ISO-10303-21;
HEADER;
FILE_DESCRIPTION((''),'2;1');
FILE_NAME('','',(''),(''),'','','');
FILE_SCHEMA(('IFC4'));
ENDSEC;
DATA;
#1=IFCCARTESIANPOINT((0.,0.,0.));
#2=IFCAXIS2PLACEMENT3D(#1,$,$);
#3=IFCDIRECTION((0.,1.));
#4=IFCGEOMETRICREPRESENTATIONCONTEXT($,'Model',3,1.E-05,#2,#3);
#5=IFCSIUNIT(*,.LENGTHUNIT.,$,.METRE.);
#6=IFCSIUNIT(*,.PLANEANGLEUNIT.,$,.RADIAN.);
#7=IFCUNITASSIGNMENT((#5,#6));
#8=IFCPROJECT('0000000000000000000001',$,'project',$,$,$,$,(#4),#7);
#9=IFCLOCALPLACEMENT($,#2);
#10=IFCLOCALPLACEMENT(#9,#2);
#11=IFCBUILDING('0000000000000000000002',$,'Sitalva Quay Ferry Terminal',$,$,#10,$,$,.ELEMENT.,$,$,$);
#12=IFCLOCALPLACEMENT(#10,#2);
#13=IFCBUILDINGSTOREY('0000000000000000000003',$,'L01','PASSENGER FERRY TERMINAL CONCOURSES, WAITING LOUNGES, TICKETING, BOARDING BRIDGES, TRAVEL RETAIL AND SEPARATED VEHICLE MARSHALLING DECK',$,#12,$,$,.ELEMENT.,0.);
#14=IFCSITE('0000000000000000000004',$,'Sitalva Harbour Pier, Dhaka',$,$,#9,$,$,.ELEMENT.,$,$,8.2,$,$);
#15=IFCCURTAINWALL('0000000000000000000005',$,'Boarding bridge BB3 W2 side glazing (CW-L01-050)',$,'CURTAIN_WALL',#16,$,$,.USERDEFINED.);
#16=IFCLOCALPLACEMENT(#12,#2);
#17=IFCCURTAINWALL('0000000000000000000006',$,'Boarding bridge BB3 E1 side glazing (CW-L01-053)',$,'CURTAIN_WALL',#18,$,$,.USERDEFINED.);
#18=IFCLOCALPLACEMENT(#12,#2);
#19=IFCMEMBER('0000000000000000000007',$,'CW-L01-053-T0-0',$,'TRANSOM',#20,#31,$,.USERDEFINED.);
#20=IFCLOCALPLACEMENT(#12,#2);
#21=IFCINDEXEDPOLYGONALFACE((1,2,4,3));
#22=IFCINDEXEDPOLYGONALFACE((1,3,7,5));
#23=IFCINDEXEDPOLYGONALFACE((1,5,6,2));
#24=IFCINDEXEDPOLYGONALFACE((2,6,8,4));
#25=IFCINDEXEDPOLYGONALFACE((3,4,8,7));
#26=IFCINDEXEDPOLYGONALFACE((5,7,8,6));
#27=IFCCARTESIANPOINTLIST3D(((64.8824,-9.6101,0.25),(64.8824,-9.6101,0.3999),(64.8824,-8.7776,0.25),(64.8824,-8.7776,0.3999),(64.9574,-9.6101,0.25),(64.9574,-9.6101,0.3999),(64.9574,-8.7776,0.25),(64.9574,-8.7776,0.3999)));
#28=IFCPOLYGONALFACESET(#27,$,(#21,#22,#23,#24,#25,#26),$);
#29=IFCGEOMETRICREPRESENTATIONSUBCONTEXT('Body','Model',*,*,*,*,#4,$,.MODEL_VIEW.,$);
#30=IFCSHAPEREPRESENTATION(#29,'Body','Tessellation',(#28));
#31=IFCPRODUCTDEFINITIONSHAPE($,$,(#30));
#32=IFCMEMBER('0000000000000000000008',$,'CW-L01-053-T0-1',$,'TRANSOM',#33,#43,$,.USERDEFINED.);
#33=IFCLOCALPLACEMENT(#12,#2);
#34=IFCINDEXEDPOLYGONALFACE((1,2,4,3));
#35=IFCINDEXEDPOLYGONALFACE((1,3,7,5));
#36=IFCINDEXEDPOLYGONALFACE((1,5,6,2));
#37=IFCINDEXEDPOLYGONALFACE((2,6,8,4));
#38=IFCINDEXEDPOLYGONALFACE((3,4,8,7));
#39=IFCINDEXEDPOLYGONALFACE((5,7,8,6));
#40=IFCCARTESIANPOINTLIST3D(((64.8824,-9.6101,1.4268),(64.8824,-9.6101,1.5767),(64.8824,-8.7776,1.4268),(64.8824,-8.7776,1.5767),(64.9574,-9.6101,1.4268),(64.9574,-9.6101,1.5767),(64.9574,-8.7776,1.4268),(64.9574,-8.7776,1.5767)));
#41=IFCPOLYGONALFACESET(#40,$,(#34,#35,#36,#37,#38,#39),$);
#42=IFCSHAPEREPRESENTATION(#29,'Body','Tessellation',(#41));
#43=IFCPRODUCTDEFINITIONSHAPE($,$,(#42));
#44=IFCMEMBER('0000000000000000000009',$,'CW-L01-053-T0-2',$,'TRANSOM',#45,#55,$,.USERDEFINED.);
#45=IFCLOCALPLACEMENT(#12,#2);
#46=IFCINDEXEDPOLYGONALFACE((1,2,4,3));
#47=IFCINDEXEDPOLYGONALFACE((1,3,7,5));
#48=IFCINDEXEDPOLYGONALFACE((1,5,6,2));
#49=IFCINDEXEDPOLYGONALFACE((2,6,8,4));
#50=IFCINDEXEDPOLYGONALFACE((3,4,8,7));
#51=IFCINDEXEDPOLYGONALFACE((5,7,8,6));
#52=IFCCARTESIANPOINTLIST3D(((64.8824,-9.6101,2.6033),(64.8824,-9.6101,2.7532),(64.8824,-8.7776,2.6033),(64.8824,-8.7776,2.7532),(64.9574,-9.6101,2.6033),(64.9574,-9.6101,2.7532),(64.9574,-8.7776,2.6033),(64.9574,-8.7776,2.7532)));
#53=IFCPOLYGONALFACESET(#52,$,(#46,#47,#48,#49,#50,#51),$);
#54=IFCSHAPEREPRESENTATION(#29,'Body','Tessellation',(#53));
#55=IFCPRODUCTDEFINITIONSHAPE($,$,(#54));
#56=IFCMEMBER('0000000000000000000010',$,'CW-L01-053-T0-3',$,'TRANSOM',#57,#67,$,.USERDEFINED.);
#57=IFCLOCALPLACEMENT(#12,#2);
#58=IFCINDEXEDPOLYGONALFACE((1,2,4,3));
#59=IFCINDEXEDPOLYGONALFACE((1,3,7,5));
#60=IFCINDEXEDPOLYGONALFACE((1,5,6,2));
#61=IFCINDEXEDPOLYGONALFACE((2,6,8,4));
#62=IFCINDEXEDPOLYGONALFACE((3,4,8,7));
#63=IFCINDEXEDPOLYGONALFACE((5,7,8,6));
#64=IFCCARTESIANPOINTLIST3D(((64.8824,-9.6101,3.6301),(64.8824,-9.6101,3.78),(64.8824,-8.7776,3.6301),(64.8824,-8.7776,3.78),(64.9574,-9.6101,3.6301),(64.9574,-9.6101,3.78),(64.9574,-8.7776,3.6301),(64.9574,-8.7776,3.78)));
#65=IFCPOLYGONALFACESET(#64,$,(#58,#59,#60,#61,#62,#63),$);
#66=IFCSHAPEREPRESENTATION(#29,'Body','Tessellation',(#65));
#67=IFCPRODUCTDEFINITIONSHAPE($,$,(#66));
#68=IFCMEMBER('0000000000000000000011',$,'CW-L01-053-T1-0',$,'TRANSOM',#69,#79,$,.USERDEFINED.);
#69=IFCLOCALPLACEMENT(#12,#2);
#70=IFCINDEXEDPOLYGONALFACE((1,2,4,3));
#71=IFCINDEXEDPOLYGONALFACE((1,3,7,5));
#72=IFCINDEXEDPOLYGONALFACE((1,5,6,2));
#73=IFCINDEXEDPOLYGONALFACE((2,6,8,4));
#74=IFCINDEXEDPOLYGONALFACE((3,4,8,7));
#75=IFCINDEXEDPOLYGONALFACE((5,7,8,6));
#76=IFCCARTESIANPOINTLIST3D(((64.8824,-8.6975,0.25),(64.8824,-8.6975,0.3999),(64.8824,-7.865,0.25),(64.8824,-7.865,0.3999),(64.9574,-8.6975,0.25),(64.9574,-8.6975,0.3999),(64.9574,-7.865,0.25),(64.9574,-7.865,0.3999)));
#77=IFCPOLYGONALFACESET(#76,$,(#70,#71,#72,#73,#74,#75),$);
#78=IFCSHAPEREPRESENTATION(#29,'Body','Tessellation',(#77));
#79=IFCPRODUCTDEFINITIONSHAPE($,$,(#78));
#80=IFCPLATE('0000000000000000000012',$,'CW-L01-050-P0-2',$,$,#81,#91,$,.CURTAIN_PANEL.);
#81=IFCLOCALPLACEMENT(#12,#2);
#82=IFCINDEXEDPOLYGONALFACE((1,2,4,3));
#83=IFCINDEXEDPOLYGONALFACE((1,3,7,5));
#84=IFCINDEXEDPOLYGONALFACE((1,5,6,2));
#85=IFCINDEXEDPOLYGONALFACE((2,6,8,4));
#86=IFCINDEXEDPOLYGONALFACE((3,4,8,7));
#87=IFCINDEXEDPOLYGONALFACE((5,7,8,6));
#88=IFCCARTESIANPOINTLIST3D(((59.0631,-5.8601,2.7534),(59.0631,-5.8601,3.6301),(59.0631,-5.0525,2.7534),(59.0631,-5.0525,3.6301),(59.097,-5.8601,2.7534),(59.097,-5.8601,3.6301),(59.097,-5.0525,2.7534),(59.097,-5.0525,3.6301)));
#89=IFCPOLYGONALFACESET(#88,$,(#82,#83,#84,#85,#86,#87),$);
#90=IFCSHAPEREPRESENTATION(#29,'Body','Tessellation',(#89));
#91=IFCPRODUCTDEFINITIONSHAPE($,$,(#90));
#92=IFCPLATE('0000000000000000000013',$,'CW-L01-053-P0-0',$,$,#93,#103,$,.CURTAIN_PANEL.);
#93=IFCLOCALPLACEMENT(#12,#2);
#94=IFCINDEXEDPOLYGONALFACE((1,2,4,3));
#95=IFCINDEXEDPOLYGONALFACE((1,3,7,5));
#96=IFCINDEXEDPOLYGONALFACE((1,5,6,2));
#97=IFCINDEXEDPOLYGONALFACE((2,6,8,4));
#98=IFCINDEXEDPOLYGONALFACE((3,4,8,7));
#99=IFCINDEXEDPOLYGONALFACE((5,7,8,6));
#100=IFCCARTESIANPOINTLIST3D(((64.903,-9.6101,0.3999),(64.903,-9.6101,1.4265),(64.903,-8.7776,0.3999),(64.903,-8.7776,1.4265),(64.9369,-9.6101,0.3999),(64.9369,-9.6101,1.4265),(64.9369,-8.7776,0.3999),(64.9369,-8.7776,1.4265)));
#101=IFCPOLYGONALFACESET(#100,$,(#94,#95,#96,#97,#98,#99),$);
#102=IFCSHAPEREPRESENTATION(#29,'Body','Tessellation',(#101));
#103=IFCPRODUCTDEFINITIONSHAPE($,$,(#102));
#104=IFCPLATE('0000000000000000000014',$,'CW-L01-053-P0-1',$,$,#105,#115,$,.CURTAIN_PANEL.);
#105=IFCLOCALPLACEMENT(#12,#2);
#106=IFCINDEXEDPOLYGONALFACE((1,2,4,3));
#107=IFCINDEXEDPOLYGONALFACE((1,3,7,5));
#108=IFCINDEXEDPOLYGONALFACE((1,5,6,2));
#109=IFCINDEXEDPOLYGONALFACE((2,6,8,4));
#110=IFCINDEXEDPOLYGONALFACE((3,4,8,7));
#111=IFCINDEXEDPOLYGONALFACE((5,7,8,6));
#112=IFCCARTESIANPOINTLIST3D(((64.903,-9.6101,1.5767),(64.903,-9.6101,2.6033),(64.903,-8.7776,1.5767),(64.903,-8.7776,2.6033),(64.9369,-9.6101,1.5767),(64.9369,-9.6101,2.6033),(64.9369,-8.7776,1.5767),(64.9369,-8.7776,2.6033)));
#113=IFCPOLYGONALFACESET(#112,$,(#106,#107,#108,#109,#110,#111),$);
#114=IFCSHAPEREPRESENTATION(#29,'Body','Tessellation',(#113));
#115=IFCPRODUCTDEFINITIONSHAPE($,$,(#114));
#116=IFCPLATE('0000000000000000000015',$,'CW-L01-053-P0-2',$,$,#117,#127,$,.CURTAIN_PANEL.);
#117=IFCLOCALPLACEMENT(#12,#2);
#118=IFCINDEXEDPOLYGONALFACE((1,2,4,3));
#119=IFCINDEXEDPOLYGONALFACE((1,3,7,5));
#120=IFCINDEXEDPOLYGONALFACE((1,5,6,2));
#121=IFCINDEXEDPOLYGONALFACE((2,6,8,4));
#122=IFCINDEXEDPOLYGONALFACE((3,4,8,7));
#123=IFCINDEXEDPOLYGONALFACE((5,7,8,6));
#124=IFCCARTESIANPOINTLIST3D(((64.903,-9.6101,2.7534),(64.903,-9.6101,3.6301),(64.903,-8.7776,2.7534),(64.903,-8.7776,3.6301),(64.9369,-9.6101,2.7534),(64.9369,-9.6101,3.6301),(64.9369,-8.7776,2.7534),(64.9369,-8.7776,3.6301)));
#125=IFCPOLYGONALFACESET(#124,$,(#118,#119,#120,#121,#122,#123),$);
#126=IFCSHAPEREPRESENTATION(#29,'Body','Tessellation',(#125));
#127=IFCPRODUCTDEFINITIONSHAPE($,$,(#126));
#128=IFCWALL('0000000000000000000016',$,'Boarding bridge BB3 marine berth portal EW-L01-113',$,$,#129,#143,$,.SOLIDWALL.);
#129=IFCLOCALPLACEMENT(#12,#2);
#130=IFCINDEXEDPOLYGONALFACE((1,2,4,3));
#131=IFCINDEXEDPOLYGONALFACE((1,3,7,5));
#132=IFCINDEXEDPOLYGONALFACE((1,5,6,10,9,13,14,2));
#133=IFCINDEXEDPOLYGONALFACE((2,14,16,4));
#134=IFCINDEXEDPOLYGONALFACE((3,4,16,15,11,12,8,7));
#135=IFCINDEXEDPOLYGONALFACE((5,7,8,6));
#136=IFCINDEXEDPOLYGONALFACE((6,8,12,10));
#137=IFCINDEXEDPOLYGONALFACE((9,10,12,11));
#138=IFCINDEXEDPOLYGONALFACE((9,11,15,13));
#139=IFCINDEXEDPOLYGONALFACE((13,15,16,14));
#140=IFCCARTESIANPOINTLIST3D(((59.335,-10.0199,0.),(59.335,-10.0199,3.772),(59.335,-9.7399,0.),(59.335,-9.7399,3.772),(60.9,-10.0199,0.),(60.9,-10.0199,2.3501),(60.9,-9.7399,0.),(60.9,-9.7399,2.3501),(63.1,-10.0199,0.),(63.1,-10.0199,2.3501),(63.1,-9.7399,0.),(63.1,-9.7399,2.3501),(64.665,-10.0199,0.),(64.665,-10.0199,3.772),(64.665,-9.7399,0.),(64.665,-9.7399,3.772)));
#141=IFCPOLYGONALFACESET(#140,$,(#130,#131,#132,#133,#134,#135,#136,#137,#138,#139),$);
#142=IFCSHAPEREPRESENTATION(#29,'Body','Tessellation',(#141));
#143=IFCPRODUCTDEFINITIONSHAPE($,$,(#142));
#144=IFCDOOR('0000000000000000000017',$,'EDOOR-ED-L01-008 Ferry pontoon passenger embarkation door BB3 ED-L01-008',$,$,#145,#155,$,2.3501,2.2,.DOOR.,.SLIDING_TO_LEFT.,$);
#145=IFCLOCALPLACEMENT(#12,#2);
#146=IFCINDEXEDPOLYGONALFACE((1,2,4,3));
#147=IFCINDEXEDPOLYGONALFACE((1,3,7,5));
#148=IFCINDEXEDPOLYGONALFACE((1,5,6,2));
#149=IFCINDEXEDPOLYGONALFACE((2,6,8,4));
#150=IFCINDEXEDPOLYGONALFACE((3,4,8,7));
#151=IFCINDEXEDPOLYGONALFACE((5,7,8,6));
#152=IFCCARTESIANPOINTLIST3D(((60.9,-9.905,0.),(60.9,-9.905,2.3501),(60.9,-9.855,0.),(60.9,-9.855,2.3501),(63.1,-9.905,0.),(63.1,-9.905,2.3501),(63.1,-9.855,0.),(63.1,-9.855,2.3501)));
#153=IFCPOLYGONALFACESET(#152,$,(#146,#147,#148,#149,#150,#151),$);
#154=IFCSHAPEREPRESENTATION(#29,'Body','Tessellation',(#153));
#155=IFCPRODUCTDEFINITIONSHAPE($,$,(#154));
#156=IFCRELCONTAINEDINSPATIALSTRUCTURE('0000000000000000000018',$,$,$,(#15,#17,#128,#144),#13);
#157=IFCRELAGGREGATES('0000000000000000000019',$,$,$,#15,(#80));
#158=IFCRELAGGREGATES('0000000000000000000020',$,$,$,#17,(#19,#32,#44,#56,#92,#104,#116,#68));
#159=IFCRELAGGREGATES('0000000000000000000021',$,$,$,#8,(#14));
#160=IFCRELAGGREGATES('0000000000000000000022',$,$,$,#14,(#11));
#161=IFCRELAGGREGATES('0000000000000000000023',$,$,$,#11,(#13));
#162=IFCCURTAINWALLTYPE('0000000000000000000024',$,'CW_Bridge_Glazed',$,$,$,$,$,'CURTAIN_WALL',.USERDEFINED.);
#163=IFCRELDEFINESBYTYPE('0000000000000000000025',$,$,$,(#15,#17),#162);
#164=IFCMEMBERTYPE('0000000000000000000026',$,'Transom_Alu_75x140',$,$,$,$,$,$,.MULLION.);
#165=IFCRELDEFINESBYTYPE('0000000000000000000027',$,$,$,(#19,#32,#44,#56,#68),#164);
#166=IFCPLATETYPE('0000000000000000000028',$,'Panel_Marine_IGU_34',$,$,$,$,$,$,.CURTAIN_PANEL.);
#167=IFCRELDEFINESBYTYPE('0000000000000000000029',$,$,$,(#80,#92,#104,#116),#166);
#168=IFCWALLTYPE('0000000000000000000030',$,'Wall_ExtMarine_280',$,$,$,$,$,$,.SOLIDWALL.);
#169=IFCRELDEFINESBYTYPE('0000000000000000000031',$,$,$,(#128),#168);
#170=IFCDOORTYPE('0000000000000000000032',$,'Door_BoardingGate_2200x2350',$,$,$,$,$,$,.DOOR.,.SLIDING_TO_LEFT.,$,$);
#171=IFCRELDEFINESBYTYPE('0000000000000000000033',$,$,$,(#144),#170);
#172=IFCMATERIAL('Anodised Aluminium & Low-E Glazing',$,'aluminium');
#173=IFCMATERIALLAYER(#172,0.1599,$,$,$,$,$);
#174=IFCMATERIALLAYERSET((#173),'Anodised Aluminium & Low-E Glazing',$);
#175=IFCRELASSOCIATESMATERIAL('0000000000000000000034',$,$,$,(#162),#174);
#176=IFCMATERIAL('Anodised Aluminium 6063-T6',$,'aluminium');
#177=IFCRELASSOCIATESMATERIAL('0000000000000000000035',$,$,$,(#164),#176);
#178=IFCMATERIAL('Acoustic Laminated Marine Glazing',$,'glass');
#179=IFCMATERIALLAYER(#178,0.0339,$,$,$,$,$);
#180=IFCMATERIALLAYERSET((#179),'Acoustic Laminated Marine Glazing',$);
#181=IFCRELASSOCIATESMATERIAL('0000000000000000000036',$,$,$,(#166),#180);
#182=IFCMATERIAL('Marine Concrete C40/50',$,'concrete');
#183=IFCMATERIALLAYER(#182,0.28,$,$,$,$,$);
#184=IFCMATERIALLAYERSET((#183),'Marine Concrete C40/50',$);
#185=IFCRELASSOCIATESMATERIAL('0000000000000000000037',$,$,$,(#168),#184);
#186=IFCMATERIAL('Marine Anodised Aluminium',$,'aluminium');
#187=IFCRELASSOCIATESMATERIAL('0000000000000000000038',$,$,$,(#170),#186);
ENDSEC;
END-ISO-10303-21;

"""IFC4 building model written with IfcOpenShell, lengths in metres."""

from ifc_helpers import new_model, si_unit, direction, frame, frame_2d, origin, origin_2d, place, context, subcontext, project, spatial, rectangle, extrude, material, layer, layer_set, material_profile, profile_set, type_object, element, fill, aggregate, save


model = new_model("IFC4")

# Units and contexts
model_context = context("Model", 3, precision=1e-05, world=origin(), true_north=direction((0.0, 1.0)))
body_context = subcontext(model_context, "Body", "Model", "MODEL_VIEW")
ifc_project = project(units=[si_unit("LENGTHUNIT", "METRE"), si_unit("PLANEANGLEUNIT", "RADIAN")], contexts=[model_context])

# Site, building, storey
site_placement = place(None, origin())
site = spatial("IfcSite", under=ifc_project, at=site_placement, Name="Sitalva Harbour Pier, Dhaka", CompositionType="ELEMENT", RefElevation=8.2)
building_placement = place(site_placement, origin())
building = spatial("IfcBuilding", under=site, at=building_placement, Name="Sitalva Quay Ferry Terminal", CompositionType="ELEMENT")
storey_placement = place(building_placement, origin())
storey = spatial("IfcBuildingStorey", under=building, at=storey_placement, Name="L01", Description="PASSENGER FERRY TERMINAL CONCOURSES, WAITING LOUNGES, TICKETING, BOARDING BRIDGES, TRAVEL RETAIL AND SEPARATED VEHICLE MARSHALLING DECK", CompositionType="ELEMENT", Elevation=0.0)

# Curtain wall
ifc_material_1 = material(Name="Anodised Aluminium & Low-E Glazing", Category="aluminium")
ifc_layer_1 = layer(ifc_material_1, 0.1599)
ifc_layer_set_1 = layer_set([ifc_layer_1], Name="Anodised Aluminium & Low-E Glazing")
curtain_wall_type = type_object("IfcCurtainWallType", Name="CW_Bridge_Glazed", ElementType="CURTAIN_WALL", PredefinedType="USERDEFINED", material=ifc_layer_set_1)
curtain_wall_1_placement = place(storey_placement, origin())
curtain_wall_1 = element("IfcCurtainWall", 1, at=curtain_wall_1_placement, inside=storey, type_object=curtain_wall_type, Name="Boarding bridge BB3 W2 side glazing (CW-L01-050)", ObjectType="CURTAIN_WALL", PredefinedType="USERDEFINED")

# Curtain wall
curtain_wall_2_placement = place(storey_placement, origin())
curtain_wall_2 = element("IfcCurtainWall", 2, at=curtain_wall_2_placement, inside=storey, type_object=curtain_wall_type, Name="Boarding bridge BB3 E1 side glazing (CW-L01-053)", ObjectType="CURTAIN_WALL", PredefinedType="USERDEFINED")

# Members
ifc_material_2 = material(Name="Anodised Aluminium 6063-T6", Category="aluminium")
ifc_material_profile_1 = material_profile(ifc_material_2, rectangle(XDim=0.075, YDim=0.1499, at=origin_2d()), Name="ALU75x150")
ifc_profile_set_1 = profile_set([ifc_material_profile_1], Name="Anodised Aluminium 6063-T6")
member_type_1 = type_object("IfcMemberType", Name="Transom_Alu_75x140", PredefinedType="MULLION", material=ifc_profile_set_1)
member_1_placement = place(storey_placement, frame((64.9199, -9.6101, 0.325), z_axis=(0.0, 1.0, 0.0), x_axis=(-1.0, 0.0, 0.0)))
member_1 = element("IfcMember", 3, at=member_1_placement, type_object=member_type_1, Name="CW-L01-053-T0-0", ObjectType="TRANSOM", PredefinedType="USERDEFINED", context=body_context, shape_type="SweptSolid", body=[
    extrude(rectangle(XDim=0.075, YDim=0.1499, at=origin_2d()), origin(), (0.0, 0.0, 1.0), 0.8325),
])
member_2_placement = place(storey_placement, frame((64.9199, -9.6101, 1.5017), z_axis=(0.0, 1.0, 0.0), x_axis=(-1.0, 0.0, 0.0)))
member_2 = element("IfcMember", 4, at=member_2_placement, type_object=member_type_1, Name="CW-L01-053-T0-1", ObjectType="TRANSOM", PredefinedType="USERDEFINED", context=body_context, shape_type="SweptSolid", body=[
    extrude(rectangle(XDim=0.075, YDim=0.1499, at=origin_2d()), origin(), (0.0, 0.0, 1.0), 0.8325),
])
member_3_placement = place(storey_placement, frame((64.9199, -9.6101, 2.6782), z_axis=(0.0, 1.0, 0.0), x_axis=(-1.0, 0.0, 0.0)))
member_3 = element("IfcMember", 5, at=member_3_placement, type_object=member_type_1, Name="CW-L01-053-T0-2", ObjectType="TRANSOM", PredefinedType="USERDEFINED", context=body_context, shape_type="SweptSolid", body=[
    extrude(rectangle(XDim=0.075, YDim=0.1499, at=origin_2d()), origin(), (0.0, 0.0, 1.0), 0.8325),
])
member_4_placement = place(storey_placement, frame((64.9199, -9.6101, 3.7051), z_axis=(0.0, 1.0, 0.0), x_axis=(-1.0, 0.0, 0.0)))
member_4 = element("IfcMember", 6, at=member_4_placement, type_object=member_type_1, Name="CW-L01-053-T0-3", ObjectType="TRANSOM", PredefinedType="USERDEFINED", context=body_context, shape_type="SweptSolid", body=[
    extrude(rectangle(XDim=0.075, YDim=0.1499, at=origin_2d()), origin(), (0.0, 0.0, 1.0), 0.8325),
])
member_5_placement = place(storey_placement, frame((64.9199, -8.6975, 0.325), z_axis=(0.0, 1.0, 0.0), x_axis=(-1.0, 0.0, 0.0)))
member_5 = element("IfcMember", 7, at=member_5_placement, type_object=member_type_1, Name="CW-L01-053-T1-0", ObjectType="TRANSOM", PredefinedType="USERDEFINED", context=body_context, shape_type="SweptSolid", body=[
    extrude(rectangle(XDim=0.075, YDim=0.1499, at=origin_2d()), origin(), (0.0, 0.0, 1.0), 0.8325),
])

# Plates
ifc_material_3 = material(Name="Acoustic Laminated Marine Glazing", Category="glass")
ifc_layer_2 = layer(ifc_material_3, 0.0339)
ifc_layer_set_2 = layer_set([ifc_layer_2], Name="Acoustic Laminated Marine Glazing")
plate_type = type_object("IfcPlateType", Name="Panel_Marine_IGU_34", PredefinedType="CURTAIN_PANEL", material=ifc_layer_set_2)
plate_1_placement = place(storey_placement, frame((59.0801, -5.4563, 2.7534), z_axis=(0.0, 0.0, 1.0), x_axis=(0.0, 1.0, 0.0)))
plate_1 = element("IfcPlate", 8, at=plate_1_placement, type_object=plate_type, Name="CW-L01-050-P0-2", PredefinedType="CURTAIN_PANEL", context=body_context, shape_type="SweptSolid", body=[
    extrude(rectangle(XDim=0.8076, YDim=0.0339, at=origin_2d()), origin(), (0.0, 0.0, 1.0), 0.8767),
])
aggregate(curtain_wall_1, [plate_1])
plate_2_placement = place(storey_placement, frame((64.9199, -9.1938, 0.3999), z_axis=(0.0, 0.0, 1.0), x_axis=(0.0, 1.0, 0.0)))
plate_2 = element("IfcPlate", 9, at=plate_2_placement, type_object=plate_type, Name="CW-L01-053-P0-0", PredefinedType="CURTAIN_PANEL", context=body_context, shape_type="SweptSolid", body=[
    extrude(rectangle(XDim=0.8325, YDim=0.0339, at=origin_2d()), origin(), (0.0, 0.0, 1.0), 1.0266),
])
plate_3_placement = place(storey_placement, frame((64.9199, -9.1938, 1.5767), z_axis=(0.0, 0.0, 1.0), x_axis=(0.0, 1.0, 0.0)))
plate_3 = element("IfcPlate", 10, at=plate_3_placement, type_object=plate_type, Name="CW-L01-053-P0-1", PredefinedType="CURTAIN_PANEL", context=body_context, shape_type="SweptSolid", body=[
    extrude(rectangle(XDim=0.8325, YDim=0.0339, at=origin_2d()), origin(), (0.0, 0.0, 1.0), 1.0266),
])
plate_4_placement = place(storey_placement, frame((64.9199, -9.1938, 2.7534), z_axis=(0.0, 0.0, 1.0), x_axis=(0.0, 1.0, 0.0)))
plate_4 = element("IfcPlate", 11, at=plate_4_placement, type_object=plate_type, Name="CW-L01-053-P0-2", PredefinedType="CURTAIN_PANEL", context=body_context, shape_type="SweptSolid", body=[
    extrude(rectangle(XDim=0.8325, YDim=0.0339, at=origin_2d()), origin(), (0.0, 0.0, 1.0), 0.8767),
])
aggregate(curtain_wall_2, [member_1, member_2, member_3, member_4, plate_2, plate_3, plate_4, member_5])

# Wall, opening, door
ifc_material_4 = material(Name="Marine Concrete C40/50", Category="concrete")
ifc_layer_3 = layer(ifc_material_4, 0.28)
ifc_layer_set_3 = layer_set([ifc_layer_3], Name="Marine Concrete C40/50")
wall_type = type_object("IfcWallType", Name="Wall_ExtMarine_280", PredefinedType="SOLIDWALL", material=ifc_layer_set_3)
wall_placement = place(storey_placement, frame((59.335, -9.8799, 0.0), z_axis=(0.0, 0.0, 1.0), x_axis=(1.0, 0.0, 0.0)))
wall = element("IfcWall", 12, at=wall_placement, inside=storey, type_object=wall_type, Name="Boarding bridge BB3 marine berth portal EW-L01-113", PredefinedType="SOLIDWALL", context=body_context, shape_type="SweptSolid", body=[
    extrude(rectangle(XDim=5.3301, YDim=0.28, at=frame_2d((2.665, 0.0))), origin(), (0.0, 0.0, 1.0), 3.772),
])
opening_placement = place(wall_placement, frame((1.5649, 0.0, 0.0)))
opening = element("IfcOpeningElement", 13, at=opening_placement, cuts=wall, PredefinedType="OPENING", context=body_context, shape_type="SweptSolid", body=[
    extrude(rectangle(XDim=2.2, YDim=2.3501, at=frame_2d((1.1001, 1.175))), frame((0.0, 0.1499, 0.0), z_axis=(0.0, -1.0, 0.0), x_axis=(1.0, 0.0, 0.0)), (0.0, 0.0, 1.0), 0.3),
])
ifc_material_5 = material(Name="Marine Anodised Aluminium", Category="aluminium")
door_type = type_object("IfcDoorType", Name="Door_BoardingGate_2200x2350", OperationType="SLIDING_TO_LEFT", PredefinedType="DOOR", material=ifc_material_5)
door_placement = place(opening_placement, origin())
door = element("IfcDoor", 14, at=door_placement, inside=storey, type_object=door_type, Name="EDOOR-ED-L01-008 Ferry pontoon passenger embarkation door BB3 ED-L01-008", OperationType="SLIDING_TO_LEFT", OverallHeight=2.3501, OverallWidth=2.2, PredefinedType="DOOR", context=body_context, shape_type="SweptSolid", body=[
    extrude(rectangle(XDim=2.2, YDim=2.3501, at=frame_2d((1.1001, 1.175))), frame((0.0, 0.0249, 0.0), z_axis=(0.0, -1.0, 0.0), x_axis=(1.0, 0.0, 0.0)), (0.0, 0.0, 1.0), 0.05),
])
fill(opening, door)

save(model, "model.ifc")
